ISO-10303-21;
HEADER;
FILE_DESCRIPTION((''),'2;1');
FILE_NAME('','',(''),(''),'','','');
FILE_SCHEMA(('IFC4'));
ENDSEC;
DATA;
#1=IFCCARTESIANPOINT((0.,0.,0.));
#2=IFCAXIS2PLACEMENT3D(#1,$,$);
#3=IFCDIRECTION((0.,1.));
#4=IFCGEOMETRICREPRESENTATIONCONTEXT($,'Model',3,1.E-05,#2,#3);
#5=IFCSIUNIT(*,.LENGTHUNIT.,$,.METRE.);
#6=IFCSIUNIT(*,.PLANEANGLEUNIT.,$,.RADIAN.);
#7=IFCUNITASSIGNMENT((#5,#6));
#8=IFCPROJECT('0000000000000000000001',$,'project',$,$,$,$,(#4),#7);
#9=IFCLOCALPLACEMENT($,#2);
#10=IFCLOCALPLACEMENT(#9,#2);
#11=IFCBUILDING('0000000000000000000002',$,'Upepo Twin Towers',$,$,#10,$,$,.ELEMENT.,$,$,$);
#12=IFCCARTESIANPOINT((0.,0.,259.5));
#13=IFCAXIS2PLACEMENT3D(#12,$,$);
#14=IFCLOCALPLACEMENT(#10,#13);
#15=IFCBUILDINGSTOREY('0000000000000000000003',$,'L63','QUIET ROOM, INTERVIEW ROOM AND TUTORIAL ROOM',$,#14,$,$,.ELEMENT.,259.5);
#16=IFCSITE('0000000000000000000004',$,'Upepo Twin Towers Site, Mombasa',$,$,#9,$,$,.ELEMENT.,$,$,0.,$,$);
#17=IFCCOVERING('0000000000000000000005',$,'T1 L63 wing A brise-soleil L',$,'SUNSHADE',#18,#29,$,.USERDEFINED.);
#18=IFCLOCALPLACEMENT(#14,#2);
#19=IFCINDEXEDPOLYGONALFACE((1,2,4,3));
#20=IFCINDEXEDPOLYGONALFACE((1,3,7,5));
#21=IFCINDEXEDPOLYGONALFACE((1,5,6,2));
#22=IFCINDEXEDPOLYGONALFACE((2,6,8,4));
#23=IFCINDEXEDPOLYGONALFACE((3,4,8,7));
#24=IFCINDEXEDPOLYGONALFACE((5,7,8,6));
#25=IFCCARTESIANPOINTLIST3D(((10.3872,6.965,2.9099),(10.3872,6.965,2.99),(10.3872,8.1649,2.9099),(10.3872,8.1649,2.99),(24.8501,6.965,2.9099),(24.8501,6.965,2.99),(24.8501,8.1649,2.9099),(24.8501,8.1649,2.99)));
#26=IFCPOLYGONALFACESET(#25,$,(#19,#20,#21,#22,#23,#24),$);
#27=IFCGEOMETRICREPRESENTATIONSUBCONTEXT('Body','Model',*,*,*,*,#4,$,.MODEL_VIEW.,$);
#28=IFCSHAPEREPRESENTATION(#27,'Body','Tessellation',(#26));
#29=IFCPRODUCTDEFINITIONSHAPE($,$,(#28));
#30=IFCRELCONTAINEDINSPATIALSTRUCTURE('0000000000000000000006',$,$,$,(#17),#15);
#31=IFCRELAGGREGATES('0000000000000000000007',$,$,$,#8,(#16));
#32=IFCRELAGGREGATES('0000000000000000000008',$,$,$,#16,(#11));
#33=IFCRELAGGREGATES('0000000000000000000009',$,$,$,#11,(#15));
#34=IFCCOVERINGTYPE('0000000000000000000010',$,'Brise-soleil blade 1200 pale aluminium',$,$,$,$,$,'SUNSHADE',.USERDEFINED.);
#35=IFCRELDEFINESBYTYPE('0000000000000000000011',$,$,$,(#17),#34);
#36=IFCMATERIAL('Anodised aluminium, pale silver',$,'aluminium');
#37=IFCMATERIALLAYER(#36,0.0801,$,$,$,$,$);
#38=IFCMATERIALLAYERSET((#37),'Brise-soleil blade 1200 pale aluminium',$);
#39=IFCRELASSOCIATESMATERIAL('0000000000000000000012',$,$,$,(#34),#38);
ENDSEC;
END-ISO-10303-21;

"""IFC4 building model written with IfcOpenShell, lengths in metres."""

from ifc_helpers import new_model, si_unit, direction, frame, origin, origin_2d, place, context, subcontext, project, spatial, rectangle, extrude, material, layer, layer_set, type_object, element, save


model = new_model("IFC4")

# Units and contexts
model_context = context("Model", 3, precision=1e-05, world=origin(), true_north=direction((0.0, 1.0)))
body_context = subcontext(model_context, "Body", "Model", "MODEL_VIEW")
ifc_project = project(units=[si_unit("LENGTHUNIT", "METRE"), si_unit("PLANEANGLEUNIT", "RADIAN")], contexts=[model_context])

# Site, building, storey
site_placement = place(None, origin())
site = spatial("IfcSite", under=ifc_project, at=site_placement, Name="Upepo Twin Towers Site, Mombasa", CompositionType="ELEMENT", RefElevation=0.0)
building_placement = place(site_placement, origin())
building = spatial("IfcBuilding", under=site, at=building_placement, Name="Upepo Twin Towers", CompositionType="ELEMENT")
storey_placement = place(building_placement, frame((0.0, 0.0, 259.5)))
storey = spatial("IfcBuildingStorey", under=building, at=storey_placement, Name="L63", Description="QUIET ROOM, INTERVIEW ROOM AND TUTORIAL ROOM", CompositionType="ELEMENT", Elevation=259.5)

# Covering
ifc_material_1 = material(Name="Anodised aluminium, pale silver", Category="aluminium")
ifc_layer_1 = layer(ifc_material_1, 0.0801)
ifc_layer_set_1 = layer_set([ifc_layer_1], Name="Brise-soleil blade 1200 pale aluminium")
covering_type = type_object("IfcCoveringType", Name="Brise-soleil blade 1200 pale aluminium", ElementType="SUNSHADE", PredefinedType="USERDEFINED", material=ifc_layer_set_1)
covering_placement = place(storey_placement, frame((17.6187, 7.5649, 2.9099), z_axis=(0.0, 0.0, 1.0), x_axis=(1.0, 0.0, 0.0)))
element("IfcCovering", 1, at=covering_placement, inside=storey, type_object=covering_type, Name="T1 L63 wing A brise-soleil L", ObjectType="SUNSHADE", PredefinedType="USERDEFINED", context=body_context, shape_type="SweptSolid", body=[
    extrude(rectangle(XDim=14.4629, YDim=1.2, at=origin_2d()), origin(), (0.0, 0.0, 1.0), 0.0801),
])

save(model, "model.ifc")
